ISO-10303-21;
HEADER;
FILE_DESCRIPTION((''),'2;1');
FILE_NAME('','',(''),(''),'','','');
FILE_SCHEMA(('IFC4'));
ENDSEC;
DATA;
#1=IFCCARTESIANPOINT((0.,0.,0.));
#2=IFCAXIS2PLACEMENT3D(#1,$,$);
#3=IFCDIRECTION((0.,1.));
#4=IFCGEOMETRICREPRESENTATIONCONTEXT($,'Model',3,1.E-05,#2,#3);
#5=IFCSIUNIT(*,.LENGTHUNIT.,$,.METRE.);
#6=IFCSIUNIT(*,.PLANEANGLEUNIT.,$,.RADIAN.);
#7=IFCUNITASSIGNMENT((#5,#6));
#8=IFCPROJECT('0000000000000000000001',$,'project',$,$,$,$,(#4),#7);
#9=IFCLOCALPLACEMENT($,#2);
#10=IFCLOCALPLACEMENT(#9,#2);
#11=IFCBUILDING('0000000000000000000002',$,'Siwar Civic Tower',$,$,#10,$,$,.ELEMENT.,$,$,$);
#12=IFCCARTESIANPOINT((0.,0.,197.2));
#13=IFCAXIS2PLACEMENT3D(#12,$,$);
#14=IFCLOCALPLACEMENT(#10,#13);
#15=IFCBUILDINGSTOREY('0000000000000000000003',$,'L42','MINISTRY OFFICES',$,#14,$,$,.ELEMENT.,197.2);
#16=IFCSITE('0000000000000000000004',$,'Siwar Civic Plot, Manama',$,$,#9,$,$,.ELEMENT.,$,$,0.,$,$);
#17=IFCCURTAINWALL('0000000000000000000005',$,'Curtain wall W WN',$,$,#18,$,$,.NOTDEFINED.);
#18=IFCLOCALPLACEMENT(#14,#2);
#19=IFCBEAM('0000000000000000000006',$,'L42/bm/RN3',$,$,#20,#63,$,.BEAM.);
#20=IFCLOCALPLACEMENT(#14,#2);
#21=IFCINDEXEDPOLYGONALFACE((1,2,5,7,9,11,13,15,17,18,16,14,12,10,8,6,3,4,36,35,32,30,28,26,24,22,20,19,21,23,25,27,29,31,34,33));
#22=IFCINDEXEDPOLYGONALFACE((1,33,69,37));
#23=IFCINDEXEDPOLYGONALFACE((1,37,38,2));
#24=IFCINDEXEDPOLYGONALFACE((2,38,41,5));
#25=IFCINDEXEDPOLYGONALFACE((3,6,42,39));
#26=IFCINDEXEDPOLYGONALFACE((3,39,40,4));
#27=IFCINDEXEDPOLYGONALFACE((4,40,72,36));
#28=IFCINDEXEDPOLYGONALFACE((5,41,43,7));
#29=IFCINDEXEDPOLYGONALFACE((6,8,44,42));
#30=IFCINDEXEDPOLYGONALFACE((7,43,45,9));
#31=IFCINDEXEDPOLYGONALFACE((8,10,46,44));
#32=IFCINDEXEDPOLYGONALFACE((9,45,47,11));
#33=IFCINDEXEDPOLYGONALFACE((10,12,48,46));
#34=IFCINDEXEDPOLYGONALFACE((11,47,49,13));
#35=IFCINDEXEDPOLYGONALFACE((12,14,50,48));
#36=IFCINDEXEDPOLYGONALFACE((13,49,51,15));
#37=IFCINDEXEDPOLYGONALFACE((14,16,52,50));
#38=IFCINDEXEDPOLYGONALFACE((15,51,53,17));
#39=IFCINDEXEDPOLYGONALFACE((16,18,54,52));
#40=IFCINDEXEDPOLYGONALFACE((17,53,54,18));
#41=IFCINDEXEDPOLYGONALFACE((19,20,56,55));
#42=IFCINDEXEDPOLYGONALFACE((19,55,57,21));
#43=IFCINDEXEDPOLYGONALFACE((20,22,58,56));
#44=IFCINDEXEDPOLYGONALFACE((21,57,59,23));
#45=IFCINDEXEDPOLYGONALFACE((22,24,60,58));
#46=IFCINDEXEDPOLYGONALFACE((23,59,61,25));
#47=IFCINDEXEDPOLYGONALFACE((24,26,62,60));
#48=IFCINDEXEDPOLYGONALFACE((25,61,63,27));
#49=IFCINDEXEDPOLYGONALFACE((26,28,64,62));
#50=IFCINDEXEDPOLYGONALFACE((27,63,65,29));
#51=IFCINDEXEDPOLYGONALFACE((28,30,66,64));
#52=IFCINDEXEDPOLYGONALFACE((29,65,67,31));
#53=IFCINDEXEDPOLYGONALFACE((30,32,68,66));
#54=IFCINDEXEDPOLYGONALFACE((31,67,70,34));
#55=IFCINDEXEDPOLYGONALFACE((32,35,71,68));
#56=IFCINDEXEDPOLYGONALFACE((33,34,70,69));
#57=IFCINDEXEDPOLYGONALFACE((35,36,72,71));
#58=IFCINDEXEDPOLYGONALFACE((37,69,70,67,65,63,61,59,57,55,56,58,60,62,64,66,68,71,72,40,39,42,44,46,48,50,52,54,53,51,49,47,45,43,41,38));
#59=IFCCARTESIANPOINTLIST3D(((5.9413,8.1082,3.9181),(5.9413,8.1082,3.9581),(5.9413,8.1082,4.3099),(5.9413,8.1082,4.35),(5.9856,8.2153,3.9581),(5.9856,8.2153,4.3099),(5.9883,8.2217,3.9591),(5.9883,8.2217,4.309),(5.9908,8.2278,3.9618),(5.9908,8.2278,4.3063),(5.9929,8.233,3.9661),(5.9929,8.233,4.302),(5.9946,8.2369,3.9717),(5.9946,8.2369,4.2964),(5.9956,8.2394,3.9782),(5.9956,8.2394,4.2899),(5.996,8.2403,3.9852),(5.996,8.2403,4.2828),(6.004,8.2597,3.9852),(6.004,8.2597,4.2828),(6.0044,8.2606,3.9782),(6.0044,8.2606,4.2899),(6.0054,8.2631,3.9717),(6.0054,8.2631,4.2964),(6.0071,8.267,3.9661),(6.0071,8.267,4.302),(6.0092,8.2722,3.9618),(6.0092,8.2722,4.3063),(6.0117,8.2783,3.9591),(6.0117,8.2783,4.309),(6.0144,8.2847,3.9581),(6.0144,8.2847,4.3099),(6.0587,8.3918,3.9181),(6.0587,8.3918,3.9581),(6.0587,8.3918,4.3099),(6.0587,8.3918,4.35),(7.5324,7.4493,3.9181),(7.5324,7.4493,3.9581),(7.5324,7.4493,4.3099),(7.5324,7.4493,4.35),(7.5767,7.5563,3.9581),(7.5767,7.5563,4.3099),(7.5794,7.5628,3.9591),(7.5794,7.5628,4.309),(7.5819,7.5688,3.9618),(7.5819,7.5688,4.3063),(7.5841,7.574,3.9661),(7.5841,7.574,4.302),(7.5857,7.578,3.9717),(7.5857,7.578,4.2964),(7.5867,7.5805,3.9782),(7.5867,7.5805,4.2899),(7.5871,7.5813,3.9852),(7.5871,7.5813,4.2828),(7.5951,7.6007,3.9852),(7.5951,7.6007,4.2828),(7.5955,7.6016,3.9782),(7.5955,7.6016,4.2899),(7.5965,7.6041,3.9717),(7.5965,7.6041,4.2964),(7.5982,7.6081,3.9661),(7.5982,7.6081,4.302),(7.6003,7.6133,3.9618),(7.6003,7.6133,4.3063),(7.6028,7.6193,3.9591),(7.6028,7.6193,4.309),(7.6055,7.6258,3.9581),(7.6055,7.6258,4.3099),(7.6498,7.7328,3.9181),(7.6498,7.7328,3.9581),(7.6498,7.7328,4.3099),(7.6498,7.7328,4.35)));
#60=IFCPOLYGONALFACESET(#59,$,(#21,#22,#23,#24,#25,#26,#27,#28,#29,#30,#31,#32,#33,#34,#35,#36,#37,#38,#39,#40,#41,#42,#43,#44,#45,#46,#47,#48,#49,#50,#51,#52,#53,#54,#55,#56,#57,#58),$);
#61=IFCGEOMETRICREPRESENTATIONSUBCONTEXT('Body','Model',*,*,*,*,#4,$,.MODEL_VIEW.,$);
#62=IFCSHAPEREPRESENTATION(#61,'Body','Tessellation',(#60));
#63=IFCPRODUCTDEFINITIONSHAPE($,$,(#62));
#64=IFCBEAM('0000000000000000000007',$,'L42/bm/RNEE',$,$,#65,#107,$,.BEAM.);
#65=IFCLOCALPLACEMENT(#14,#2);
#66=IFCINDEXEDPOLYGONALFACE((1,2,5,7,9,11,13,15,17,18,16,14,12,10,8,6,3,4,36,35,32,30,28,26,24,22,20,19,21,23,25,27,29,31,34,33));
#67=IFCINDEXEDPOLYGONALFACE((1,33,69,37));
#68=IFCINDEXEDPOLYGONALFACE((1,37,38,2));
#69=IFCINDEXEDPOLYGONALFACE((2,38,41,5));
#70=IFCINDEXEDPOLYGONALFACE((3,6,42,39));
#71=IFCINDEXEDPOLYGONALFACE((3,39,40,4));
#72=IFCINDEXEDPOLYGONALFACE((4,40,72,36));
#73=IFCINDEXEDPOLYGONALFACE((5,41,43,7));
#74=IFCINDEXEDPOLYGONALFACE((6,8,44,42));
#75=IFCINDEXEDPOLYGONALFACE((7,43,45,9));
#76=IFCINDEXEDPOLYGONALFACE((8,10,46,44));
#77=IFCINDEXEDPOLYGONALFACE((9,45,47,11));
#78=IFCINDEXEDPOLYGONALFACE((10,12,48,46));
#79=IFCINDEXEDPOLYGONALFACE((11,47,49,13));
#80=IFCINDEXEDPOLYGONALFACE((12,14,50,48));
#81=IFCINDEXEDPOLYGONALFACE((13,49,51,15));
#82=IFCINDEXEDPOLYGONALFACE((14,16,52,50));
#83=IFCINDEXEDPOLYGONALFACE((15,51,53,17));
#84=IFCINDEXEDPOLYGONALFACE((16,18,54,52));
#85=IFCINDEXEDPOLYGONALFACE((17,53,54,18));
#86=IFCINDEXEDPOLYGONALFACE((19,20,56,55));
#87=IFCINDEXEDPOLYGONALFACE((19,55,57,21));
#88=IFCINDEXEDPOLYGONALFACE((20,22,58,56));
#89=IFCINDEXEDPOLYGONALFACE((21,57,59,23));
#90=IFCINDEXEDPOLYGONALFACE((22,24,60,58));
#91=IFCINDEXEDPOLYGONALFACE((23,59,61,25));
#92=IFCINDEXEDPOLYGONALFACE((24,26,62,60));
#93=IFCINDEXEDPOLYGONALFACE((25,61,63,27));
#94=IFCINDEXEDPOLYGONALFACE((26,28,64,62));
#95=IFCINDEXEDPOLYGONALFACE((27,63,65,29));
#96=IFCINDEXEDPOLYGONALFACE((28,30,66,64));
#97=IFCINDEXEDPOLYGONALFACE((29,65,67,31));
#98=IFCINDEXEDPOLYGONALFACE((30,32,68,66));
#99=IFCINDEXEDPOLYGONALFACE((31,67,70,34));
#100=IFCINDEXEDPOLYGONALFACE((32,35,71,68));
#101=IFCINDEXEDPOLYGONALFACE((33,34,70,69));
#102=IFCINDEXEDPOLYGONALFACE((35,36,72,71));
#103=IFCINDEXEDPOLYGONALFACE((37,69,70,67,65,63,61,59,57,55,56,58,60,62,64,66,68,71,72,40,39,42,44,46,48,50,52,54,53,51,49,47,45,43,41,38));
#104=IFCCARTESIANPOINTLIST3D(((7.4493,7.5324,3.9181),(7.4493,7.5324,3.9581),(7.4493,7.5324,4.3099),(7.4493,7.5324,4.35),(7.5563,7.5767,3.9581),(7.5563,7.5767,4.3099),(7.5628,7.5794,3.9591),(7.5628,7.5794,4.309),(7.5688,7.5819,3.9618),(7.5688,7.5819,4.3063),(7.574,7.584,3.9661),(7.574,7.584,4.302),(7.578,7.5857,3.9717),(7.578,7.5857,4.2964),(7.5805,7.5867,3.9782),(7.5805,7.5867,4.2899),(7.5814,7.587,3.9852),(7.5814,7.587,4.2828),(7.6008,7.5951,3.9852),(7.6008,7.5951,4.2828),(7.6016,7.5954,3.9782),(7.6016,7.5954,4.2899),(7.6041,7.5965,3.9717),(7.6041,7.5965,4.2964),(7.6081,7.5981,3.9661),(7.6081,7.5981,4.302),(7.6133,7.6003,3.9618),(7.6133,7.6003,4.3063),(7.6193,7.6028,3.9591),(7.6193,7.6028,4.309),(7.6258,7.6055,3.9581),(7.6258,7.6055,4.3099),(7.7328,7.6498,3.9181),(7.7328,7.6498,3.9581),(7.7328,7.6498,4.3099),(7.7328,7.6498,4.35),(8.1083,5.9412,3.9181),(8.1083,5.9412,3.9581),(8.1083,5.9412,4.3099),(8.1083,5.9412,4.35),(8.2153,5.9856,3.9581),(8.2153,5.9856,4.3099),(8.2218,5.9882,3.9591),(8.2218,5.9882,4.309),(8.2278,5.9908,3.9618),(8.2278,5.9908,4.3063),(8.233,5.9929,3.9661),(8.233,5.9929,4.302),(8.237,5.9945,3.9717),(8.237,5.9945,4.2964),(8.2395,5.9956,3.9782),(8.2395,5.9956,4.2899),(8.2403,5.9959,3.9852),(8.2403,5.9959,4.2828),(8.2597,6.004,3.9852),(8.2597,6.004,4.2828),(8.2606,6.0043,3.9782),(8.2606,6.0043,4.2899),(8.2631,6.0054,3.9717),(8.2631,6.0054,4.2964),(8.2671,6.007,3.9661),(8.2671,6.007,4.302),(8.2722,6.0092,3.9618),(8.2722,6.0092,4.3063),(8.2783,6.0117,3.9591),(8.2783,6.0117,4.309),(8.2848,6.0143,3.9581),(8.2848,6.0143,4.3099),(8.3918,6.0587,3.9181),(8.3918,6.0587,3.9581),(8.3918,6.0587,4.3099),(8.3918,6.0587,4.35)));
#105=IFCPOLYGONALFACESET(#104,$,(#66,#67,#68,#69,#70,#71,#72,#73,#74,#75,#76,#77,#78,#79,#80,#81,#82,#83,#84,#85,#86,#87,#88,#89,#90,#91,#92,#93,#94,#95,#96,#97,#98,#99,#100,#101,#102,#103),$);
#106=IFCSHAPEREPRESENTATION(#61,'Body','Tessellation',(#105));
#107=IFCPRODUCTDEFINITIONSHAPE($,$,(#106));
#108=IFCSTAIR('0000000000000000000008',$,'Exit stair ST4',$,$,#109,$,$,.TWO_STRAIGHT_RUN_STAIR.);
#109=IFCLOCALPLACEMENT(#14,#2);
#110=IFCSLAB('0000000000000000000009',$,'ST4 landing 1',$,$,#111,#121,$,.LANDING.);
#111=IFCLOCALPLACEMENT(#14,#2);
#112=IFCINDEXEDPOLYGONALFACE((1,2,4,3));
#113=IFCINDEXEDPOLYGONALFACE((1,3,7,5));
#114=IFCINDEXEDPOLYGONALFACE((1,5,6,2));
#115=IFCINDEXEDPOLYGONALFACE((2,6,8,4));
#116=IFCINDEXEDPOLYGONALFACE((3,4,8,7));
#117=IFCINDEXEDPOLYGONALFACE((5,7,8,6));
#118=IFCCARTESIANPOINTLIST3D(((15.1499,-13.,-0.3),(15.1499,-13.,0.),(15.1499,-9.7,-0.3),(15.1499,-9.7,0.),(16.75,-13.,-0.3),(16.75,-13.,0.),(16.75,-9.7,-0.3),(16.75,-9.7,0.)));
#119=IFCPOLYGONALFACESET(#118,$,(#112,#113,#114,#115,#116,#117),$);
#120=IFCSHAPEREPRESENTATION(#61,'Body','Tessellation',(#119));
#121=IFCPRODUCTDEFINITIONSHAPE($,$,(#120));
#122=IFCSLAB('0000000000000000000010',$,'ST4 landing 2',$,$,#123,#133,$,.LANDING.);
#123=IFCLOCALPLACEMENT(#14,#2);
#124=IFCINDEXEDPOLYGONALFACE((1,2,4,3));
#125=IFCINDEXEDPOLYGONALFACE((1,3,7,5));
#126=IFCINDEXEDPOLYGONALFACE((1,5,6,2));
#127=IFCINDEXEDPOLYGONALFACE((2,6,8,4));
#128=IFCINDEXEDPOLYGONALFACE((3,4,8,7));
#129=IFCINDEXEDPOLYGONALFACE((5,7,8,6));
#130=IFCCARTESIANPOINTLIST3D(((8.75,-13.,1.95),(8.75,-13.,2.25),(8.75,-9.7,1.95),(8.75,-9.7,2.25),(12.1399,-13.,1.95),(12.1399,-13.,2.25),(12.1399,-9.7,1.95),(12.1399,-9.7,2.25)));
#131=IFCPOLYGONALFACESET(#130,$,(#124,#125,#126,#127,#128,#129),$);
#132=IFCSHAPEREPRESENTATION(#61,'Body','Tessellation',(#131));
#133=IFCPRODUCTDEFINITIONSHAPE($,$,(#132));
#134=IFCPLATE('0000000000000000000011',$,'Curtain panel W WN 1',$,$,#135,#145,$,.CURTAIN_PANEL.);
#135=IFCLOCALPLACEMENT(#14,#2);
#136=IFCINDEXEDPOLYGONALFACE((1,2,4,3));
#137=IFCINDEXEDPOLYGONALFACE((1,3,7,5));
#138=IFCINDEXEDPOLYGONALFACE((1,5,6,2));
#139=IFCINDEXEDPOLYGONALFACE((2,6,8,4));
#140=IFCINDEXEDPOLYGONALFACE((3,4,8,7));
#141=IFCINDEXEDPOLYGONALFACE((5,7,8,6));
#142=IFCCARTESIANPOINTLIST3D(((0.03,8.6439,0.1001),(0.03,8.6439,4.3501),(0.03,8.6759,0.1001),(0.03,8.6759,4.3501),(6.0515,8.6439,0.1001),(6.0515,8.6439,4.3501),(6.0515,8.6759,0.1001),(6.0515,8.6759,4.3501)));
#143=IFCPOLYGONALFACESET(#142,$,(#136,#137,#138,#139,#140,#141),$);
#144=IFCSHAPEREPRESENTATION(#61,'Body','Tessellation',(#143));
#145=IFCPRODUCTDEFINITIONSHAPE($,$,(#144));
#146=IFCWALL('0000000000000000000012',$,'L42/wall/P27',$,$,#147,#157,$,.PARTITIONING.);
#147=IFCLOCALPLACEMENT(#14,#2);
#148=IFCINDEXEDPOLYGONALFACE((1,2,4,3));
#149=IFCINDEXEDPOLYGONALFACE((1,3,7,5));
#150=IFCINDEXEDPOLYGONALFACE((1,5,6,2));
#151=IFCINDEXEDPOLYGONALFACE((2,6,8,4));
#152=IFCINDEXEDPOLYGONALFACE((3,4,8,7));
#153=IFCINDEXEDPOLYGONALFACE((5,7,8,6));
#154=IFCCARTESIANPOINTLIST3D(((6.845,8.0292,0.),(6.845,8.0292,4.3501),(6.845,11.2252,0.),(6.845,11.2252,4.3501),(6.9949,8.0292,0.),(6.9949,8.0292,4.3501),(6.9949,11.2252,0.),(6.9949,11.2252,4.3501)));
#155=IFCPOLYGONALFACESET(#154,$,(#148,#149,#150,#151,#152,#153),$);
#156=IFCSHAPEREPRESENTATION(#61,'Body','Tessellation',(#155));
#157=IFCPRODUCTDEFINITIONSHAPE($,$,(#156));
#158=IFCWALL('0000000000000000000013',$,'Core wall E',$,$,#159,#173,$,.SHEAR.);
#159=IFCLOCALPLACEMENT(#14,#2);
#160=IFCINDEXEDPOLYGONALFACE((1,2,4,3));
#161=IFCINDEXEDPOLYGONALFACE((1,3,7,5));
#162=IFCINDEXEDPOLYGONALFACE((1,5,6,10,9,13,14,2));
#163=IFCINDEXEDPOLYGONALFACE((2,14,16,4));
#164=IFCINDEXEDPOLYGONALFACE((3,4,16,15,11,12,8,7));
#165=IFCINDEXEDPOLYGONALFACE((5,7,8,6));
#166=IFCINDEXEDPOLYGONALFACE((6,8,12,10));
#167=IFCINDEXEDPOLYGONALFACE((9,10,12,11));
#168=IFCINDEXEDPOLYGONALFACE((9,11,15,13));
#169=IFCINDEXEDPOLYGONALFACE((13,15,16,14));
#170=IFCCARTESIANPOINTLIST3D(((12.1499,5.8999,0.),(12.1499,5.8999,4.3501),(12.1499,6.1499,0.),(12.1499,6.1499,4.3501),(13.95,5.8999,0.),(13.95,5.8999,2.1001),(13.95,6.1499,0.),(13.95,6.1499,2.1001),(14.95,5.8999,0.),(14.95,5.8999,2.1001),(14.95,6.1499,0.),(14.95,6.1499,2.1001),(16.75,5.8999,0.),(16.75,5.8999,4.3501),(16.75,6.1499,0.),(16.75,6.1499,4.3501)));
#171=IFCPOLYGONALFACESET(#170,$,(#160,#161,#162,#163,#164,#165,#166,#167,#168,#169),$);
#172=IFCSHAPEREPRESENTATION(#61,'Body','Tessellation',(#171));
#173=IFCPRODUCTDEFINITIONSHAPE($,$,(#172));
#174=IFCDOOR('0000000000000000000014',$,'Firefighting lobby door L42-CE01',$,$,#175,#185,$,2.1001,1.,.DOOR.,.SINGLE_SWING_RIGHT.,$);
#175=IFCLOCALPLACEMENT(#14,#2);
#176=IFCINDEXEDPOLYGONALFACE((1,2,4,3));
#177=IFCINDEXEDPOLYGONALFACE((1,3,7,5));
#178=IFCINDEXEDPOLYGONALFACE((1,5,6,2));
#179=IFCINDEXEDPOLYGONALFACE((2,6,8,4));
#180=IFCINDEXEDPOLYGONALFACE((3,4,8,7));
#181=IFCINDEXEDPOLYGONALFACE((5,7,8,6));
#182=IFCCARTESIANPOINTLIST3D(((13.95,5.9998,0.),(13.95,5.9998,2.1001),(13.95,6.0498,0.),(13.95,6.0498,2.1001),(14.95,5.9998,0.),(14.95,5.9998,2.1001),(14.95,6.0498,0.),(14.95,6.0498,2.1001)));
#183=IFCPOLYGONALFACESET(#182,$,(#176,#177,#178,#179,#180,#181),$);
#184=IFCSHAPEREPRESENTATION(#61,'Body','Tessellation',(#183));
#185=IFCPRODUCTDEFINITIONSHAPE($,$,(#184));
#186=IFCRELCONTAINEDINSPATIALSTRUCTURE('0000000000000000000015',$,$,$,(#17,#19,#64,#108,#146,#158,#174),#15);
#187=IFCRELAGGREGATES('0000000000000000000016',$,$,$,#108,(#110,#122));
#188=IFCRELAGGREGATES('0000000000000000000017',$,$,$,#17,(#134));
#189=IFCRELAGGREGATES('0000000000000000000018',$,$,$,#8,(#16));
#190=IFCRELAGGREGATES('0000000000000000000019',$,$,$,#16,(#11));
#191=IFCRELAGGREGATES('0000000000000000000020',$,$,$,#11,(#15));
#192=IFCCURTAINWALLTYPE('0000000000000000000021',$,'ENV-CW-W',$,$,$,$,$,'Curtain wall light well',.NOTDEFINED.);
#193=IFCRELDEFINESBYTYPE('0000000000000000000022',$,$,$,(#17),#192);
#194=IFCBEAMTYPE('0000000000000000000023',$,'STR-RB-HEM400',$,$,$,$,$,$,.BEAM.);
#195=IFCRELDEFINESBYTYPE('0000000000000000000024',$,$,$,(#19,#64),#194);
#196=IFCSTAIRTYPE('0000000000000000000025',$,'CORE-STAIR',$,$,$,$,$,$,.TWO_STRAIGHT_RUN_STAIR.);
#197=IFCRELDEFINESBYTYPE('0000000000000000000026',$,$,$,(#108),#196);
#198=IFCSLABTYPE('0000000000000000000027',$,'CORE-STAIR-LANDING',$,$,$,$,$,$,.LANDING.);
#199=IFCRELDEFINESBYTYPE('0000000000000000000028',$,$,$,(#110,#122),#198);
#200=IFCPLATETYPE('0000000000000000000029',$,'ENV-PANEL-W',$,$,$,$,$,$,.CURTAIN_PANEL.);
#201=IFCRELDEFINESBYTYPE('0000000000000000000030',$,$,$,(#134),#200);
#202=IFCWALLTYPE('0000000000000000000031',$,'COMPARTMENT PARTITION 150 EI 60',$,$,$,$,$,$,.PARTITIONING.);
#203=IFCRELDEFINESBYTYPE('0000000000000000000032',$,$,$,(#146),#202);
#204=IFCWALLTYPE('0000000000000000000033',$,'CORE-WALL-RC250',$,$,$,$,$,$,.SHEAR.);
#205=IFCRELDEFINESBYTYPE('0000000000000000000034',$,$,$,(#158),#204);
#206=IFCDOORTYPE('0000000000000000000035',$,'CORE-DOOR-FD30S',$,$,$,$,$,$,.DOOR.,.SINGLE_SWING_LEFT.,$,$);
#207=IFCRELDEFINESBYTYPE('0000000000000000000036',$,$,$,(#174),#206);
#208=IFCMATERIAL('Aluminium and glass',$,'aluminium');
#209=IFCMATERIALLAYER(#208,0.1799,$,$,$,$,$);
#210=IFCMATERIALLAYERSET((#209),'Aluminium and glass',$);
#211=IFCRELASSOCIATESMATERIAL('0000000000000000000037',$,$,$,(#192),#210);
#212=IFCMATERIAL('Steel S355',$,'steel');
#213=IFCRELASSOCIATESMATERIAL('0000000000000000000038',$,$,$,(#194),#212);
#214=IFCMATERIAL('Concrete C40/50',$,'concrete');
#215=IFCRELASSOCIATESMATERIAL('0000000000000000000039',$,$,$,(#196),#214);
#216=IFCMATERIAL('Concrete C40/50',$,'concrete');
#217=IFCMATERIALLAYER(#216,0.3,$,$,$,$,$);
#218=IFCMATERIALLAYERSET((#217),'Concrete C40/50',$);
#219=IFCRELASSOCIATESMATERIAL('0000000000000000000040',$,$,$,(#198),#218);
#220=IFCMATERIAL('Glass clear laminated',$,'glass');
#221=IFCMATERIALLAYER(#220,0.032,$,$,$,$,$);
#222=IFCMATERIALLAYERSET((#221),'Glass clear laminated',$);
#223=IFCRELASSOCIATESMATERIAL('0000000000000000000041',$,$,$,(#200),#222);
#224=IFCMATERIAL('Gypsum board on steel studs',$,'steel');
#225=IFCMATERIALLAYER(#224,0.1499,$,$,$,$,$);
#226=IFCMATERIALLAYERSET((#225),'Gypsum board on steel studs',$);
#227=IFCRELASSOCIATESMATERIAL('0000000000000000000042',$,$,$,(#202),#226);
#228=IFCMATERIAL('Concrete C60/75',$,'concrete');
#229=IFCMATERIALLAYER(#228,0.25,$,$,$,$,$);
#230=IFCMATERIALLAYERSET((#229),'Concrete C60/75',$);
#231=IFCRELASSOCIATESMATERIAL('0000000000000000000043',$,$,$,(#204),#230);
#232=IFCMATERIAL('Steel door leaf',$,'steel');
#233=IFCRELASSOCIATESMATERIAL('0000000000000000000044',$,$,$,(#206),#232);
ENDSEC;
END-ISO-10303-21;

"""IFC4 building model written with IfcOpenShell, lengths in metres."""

from ifc_helpers import new_model, si_unit, direction, frame, frame_2d, origin, origin_2d, place, context, subcontext, project, spatial, polyline, rectangle, i_section, outline, extrude, material, layer, layer_set, material_profile, profile_set, type_object, element, fill, aggregate, save


model = new_model("IFC4")

# Units and contexts
model_context = context("Model", 3, precision=1e-05, world=origin(), true_north=direction((0.0, 1.0)))
body_context = subcontext(model_context, "Body", "Model", "MODEL_VIEW")
ifc_project = project(units=[si_unit("LENGTHUNIT", "METRE"), si_unit("PLANEANGLEUNIT", "RADIAN")], contexts=[model_context])

# Site, building, storey
site_placement = place(None, origin())
site = spatial("IfcSite", under=ifc_project, at=site_placement, Name="Siwar Civic Plot, Manama", CompositionType="ELEMENT", RefElevation=0.0)
building_placement = place(site_placement, origin())
building = spatial("IfcBuilding", under=site, at=building_placement, Name="Siwar Civic Tower", CompositionType="ELEMENT")
storey_placement = place(building_placement, frame((0.0, 0.0, 197.2)))
storey = spatial("IfcBuildingStorey", under=building, at=storey_placement, Name="L42", Description="MINISTRY OFFICES", CompositionType="ELEMENT", Elevation=197.2)

# Curtain wall
ifc_material_1 = material(Name="Aluminium and glass", Category="aluminium")
ifc_layer_1 = layer(ifc_material_1, 0.1799)
ifc_layer_set_1 = layer_set([ifc_layer_1], Name="Aluminium and glass")
curtain_wall_type = type_object("IfcCurtainWallType", Name="ENV-CW-W", ElementType="Curtain wall light well", PredefinedType="NOTDEFINED", material=ifc_layer_set_1)
curtain_wall_placement = place(storey_placement, origin())
curtain_wall = element("IfcCurtainWall", 1, at=curtain_wall_placement, inside=storey, type_object=curtain_wall_type, Name="Curtain wall W WN", PredefinedType="NOTDEFINED")

# Beams
ifc_material_2 = material(Name="Steel S355", Category="steel")
ifc_material_profile_1 = material_profile(ifc_material_2, i_section(OverallWidth=0.3069, OverallDepth=0.4319, WebThickness=0.021, FlangeThickness=0.04, FilletRadius=0.0271, at=origin_2d()), Name="HEM400")
ifc_profile_set_1 = profile_set([ifc_material_profile_1], Name="Steel S355")
beam_type_1 = type_object("IfcBeamType", Name="STR-RB-HEM400", PredefinedType="BEAM", material=ifc_profile_set_1)
for number, where, z_axis, x_axis, name in (
    (2, (6.0, 8.25, 4.134), (0.923901, -0.382631, 0.0), (0.382631, 0.923901, 0.0), "L42/bm/RN3"),
    (3, (7.5911, 7.5911, 4.134), (0.382631, -0.923901, 0.0), (0.923901, 0.382631, 0.0), "L42/bm/RNEE"),
):
    element("IfcBeam", number, at=place(storey_placement, frame(where, z_axis=z_axis, x_axis=x_axis)), inside=storey, type_object=beam_type_1, Name=name, PredefinedType="BEAM", context=body_context, shape_type="SweptSolid", body=[
        extrude(i_section(OverallWidth=0.3069, OverallDepth=0.4319, WebThickness=0.021, FlangeThickness=0.04, FilletRadius=0.0271, at=origin_2d()), origin(), (0.0, 0.0, 1.0), 1.7222),
    ])

# Stair, slabs
ifc_material_3 = material(Name="Concrete C40/50", Category="concrete")
stair_type = type_object("IfcStairType", Name="CORE-STAIR", PredefinedType="TWO_STRAIGHT_RUN_STAIR", material=ifc_material_3)
stair_placement = place(storey_placement, origin())
stair = element("IfcStair", 4, at=stair_placement, inside=storey, type_object=stair_type, Name="Exit stair ST4", PredefinedType="TWO_STRAIGHT_RUN_STAIR")
ifc_material_4 = material(Name="Concrete C40/50", Category="concrete")
ifc_layer_2 = layer(ifc_material_4, 0.3)
ifc_layer_set_2 = layer_set([ifc_layer_2], Name="Concrete C40/50")
slab_type_1 = type_object("IfcSlabType", Name="CORE-STAIR-LANDING", PredefinedType="LANDING", material=ifc_layer_set_2)
slab_1_placement = place(storey_placement, frame((0.0, 0.0, -0.3)))
slab_1 = element("IfcSlab", 5, at=slab_1_placement, type_object=slab_type_1, Name="ST4 landing 1", PredefinedType="LANDING", context=body_context, shape_type="SweptSolid", body=[
    extrude(outline(polyline([(15.1499, -13.0), (16.75, -13.0), (16.75, -9.7), (15.1499, -9.7), (15.1499, -13.0)])), origin(), (0.0, 0.0, 1.0), 0.3),
])
slab_2_placement = place(storey_placement, frame((0.0, 0.0, 1.95)))
slab_2 = element("IfcSlab", 6, at=slab_2_placement, type_object=slab_type_1, Name="ST4 landing 2", PredefinedType="LANDING", context=body_context, shape_type="SweptSolid", body=[
    extrude(outline(polyline([(8.75, -13.0), (12.1399, -13.0), (12.1399, -9.7), (8.75, -9.7), (8.75, -13.0)])), origin(), (0.0, 0.0, 1.0), 0.3),
])
aggregate(stair, [slab_1, slab_2])

# Plate
ifc_material_5 = material(Name="Glass clear laminated", Category="glass")
ifc_layer_3 = layer(ifc_material_5, 0.032)
ifc_layer_set_3 = layer_set([ifc_layer_3], Name="Glass clear laminated")
plate_type = type_object("IfcPlateType", Name="ENV-PANEL-W", PredefinedType="CURTAIN_PANEL", material=ifc_layer_set_3)
plate_placement = place(storey_placement, frame((3.0408, 8.6599, 0.1001), z_axis=(0.0, 0.0, 1.0), x_axis=(-1.0, 0.0, 0.0)))
plate = element("IfcPlate", 7, at=plate_placement, type_object=plate_type, Name="Curtain panel W WN 1", PredefinedType="CURTAIN_PANEL", context=body_context, shape_type="SweptSolid", body=[
    extrude(rectangle(XDim=6.0215, YDim=0.032, at=origin_2d()), origin(), (0.0, 0.0, 1.0), 4.25),
])
aggregate(curtain_wall, [plate])

# Wall
ifc_material_6 = material(Name="Gypsum board on steel studs", Category="steel")
ifc_layer_4 = layer(ifc_material_6, 0.1499)
ifc_layer_set_4 = layer_set([ifc_layer_4], Name="Gypsum board on steel studs")
wall_type_1 = type_object("IfcWallType", Name="COMPARTMENT PARTITION 150 EI 60", PredefinedType="PARTITIONING", material=ifc_layer_set_4)
wall_1_placement = place(storey_placement, frame((6.9199, 8.0291, 0.0), z_axis=(0.0, 0.0, 1.0), x_axis=(0.0, 1.0, 0.0)))
element("IfcWall", 8, at=wall_1_placement, inside=storey, type_object=wall_type_1, Name="L42/wall/P27", PredefinedType="PARTITIONING", context=body_context, shape_type="SweptSolid", body=[
    extrude(rectangle(XDim=3.196, YDim=0.1499, at=frame_2d((1.5981, 0.0))), origin(), (0.0, 0.0, 1.0), 4.3501),
])

# Wall, opening, door
ifc_material_7 = material(Name="Concrete C60/75", Category="concrete")
ifc_layer_5 = layer(ifc_material_7, 0.25)
ifc_layer_set_5 = layer_set([ifc_layer_5], Name="Concrete C60/75")
wall_type_2 = type_object("IfcWallType", Name="CORE-WALL-RC250", PredefinedType="SHEAR", material=ifc_layer_set_5)
wall_2_placement = place(storey_placement, frame((12.1499, 6.0249, 0.0), z_axis=(0.0, 0.0, 1.0), x_axis=(1.0, 0.0, 0.0)))
wall_2 = element("IfcWall", 9, at=wall_2_placement, inside=storey, type_object=wall_type_2, Name="Core wall E", PredefinedType="SHEAR", context=body_context, shape_type="SweptSolid", body=[
    extrude(rectangle(XDim=4.6001, YDim=0.25, at=frame_2d((2.3, 0.0))), origin(), (0.0, 0.0, 1.0), 4.3501),
])
opening_1_placement = place(wall_2_placement, frame((1.8, 0.0, 0.0)))
opening_1 = element("IfcOpeningElement", 10, at=opening_1_placement, cuts=wall_2, PredefinedType="OPENING", context=body_context, shape_type="SweptSolid", body=[
    extrude(rectangle(XDim=1.0, YDim=2.1001, at=frame_2d((0.5, 1.05))), frame((0.0, 0.135, 0.0), z_axis=(0.0, -1.0, 0.0), x_axis=(1.0, 0.0, 0.0)), (0.0, 0.0, 1.0), 0.27),
])
ifc_material_8 = material(Name="Steel door leaf", Category="steel")
door_type_1 = type_object("IfcDoorType", Name="CORE-DOOR-FD30S", OperationType="SINGLE_SWING_LEFT", PredefinedType="DOOR", material=ifc_material_8)
door_1_placement = place(opening_1_placement, origin())
door_1 = element("IfcDoor", 11, at=door_1_placement, inside=storey, type_object=door_type_1, Name="Firefighting lobby door L42-CE01", OperationType="SINGLE_SWING_RIGHT", OverallHeight=2.1001, OverallWidth=1.0, PredefinedType="DOOR", context=body_context, shape_type="SweptSolid", body=[
    extrude(rectangle(XDim=1.0, YDim=2.1001, at=frame_2d((0.5, 1.05))), frame((0.0, 0.0249, 0.0), z_axis=(0.0, -1.0, 0.0), x_axis=(1.0, 0.0, 0.0)), (0.0, 0.0, 1.0), 0.05),
])
fill(opening_1, door_1)

save(model, "model.ifc")
